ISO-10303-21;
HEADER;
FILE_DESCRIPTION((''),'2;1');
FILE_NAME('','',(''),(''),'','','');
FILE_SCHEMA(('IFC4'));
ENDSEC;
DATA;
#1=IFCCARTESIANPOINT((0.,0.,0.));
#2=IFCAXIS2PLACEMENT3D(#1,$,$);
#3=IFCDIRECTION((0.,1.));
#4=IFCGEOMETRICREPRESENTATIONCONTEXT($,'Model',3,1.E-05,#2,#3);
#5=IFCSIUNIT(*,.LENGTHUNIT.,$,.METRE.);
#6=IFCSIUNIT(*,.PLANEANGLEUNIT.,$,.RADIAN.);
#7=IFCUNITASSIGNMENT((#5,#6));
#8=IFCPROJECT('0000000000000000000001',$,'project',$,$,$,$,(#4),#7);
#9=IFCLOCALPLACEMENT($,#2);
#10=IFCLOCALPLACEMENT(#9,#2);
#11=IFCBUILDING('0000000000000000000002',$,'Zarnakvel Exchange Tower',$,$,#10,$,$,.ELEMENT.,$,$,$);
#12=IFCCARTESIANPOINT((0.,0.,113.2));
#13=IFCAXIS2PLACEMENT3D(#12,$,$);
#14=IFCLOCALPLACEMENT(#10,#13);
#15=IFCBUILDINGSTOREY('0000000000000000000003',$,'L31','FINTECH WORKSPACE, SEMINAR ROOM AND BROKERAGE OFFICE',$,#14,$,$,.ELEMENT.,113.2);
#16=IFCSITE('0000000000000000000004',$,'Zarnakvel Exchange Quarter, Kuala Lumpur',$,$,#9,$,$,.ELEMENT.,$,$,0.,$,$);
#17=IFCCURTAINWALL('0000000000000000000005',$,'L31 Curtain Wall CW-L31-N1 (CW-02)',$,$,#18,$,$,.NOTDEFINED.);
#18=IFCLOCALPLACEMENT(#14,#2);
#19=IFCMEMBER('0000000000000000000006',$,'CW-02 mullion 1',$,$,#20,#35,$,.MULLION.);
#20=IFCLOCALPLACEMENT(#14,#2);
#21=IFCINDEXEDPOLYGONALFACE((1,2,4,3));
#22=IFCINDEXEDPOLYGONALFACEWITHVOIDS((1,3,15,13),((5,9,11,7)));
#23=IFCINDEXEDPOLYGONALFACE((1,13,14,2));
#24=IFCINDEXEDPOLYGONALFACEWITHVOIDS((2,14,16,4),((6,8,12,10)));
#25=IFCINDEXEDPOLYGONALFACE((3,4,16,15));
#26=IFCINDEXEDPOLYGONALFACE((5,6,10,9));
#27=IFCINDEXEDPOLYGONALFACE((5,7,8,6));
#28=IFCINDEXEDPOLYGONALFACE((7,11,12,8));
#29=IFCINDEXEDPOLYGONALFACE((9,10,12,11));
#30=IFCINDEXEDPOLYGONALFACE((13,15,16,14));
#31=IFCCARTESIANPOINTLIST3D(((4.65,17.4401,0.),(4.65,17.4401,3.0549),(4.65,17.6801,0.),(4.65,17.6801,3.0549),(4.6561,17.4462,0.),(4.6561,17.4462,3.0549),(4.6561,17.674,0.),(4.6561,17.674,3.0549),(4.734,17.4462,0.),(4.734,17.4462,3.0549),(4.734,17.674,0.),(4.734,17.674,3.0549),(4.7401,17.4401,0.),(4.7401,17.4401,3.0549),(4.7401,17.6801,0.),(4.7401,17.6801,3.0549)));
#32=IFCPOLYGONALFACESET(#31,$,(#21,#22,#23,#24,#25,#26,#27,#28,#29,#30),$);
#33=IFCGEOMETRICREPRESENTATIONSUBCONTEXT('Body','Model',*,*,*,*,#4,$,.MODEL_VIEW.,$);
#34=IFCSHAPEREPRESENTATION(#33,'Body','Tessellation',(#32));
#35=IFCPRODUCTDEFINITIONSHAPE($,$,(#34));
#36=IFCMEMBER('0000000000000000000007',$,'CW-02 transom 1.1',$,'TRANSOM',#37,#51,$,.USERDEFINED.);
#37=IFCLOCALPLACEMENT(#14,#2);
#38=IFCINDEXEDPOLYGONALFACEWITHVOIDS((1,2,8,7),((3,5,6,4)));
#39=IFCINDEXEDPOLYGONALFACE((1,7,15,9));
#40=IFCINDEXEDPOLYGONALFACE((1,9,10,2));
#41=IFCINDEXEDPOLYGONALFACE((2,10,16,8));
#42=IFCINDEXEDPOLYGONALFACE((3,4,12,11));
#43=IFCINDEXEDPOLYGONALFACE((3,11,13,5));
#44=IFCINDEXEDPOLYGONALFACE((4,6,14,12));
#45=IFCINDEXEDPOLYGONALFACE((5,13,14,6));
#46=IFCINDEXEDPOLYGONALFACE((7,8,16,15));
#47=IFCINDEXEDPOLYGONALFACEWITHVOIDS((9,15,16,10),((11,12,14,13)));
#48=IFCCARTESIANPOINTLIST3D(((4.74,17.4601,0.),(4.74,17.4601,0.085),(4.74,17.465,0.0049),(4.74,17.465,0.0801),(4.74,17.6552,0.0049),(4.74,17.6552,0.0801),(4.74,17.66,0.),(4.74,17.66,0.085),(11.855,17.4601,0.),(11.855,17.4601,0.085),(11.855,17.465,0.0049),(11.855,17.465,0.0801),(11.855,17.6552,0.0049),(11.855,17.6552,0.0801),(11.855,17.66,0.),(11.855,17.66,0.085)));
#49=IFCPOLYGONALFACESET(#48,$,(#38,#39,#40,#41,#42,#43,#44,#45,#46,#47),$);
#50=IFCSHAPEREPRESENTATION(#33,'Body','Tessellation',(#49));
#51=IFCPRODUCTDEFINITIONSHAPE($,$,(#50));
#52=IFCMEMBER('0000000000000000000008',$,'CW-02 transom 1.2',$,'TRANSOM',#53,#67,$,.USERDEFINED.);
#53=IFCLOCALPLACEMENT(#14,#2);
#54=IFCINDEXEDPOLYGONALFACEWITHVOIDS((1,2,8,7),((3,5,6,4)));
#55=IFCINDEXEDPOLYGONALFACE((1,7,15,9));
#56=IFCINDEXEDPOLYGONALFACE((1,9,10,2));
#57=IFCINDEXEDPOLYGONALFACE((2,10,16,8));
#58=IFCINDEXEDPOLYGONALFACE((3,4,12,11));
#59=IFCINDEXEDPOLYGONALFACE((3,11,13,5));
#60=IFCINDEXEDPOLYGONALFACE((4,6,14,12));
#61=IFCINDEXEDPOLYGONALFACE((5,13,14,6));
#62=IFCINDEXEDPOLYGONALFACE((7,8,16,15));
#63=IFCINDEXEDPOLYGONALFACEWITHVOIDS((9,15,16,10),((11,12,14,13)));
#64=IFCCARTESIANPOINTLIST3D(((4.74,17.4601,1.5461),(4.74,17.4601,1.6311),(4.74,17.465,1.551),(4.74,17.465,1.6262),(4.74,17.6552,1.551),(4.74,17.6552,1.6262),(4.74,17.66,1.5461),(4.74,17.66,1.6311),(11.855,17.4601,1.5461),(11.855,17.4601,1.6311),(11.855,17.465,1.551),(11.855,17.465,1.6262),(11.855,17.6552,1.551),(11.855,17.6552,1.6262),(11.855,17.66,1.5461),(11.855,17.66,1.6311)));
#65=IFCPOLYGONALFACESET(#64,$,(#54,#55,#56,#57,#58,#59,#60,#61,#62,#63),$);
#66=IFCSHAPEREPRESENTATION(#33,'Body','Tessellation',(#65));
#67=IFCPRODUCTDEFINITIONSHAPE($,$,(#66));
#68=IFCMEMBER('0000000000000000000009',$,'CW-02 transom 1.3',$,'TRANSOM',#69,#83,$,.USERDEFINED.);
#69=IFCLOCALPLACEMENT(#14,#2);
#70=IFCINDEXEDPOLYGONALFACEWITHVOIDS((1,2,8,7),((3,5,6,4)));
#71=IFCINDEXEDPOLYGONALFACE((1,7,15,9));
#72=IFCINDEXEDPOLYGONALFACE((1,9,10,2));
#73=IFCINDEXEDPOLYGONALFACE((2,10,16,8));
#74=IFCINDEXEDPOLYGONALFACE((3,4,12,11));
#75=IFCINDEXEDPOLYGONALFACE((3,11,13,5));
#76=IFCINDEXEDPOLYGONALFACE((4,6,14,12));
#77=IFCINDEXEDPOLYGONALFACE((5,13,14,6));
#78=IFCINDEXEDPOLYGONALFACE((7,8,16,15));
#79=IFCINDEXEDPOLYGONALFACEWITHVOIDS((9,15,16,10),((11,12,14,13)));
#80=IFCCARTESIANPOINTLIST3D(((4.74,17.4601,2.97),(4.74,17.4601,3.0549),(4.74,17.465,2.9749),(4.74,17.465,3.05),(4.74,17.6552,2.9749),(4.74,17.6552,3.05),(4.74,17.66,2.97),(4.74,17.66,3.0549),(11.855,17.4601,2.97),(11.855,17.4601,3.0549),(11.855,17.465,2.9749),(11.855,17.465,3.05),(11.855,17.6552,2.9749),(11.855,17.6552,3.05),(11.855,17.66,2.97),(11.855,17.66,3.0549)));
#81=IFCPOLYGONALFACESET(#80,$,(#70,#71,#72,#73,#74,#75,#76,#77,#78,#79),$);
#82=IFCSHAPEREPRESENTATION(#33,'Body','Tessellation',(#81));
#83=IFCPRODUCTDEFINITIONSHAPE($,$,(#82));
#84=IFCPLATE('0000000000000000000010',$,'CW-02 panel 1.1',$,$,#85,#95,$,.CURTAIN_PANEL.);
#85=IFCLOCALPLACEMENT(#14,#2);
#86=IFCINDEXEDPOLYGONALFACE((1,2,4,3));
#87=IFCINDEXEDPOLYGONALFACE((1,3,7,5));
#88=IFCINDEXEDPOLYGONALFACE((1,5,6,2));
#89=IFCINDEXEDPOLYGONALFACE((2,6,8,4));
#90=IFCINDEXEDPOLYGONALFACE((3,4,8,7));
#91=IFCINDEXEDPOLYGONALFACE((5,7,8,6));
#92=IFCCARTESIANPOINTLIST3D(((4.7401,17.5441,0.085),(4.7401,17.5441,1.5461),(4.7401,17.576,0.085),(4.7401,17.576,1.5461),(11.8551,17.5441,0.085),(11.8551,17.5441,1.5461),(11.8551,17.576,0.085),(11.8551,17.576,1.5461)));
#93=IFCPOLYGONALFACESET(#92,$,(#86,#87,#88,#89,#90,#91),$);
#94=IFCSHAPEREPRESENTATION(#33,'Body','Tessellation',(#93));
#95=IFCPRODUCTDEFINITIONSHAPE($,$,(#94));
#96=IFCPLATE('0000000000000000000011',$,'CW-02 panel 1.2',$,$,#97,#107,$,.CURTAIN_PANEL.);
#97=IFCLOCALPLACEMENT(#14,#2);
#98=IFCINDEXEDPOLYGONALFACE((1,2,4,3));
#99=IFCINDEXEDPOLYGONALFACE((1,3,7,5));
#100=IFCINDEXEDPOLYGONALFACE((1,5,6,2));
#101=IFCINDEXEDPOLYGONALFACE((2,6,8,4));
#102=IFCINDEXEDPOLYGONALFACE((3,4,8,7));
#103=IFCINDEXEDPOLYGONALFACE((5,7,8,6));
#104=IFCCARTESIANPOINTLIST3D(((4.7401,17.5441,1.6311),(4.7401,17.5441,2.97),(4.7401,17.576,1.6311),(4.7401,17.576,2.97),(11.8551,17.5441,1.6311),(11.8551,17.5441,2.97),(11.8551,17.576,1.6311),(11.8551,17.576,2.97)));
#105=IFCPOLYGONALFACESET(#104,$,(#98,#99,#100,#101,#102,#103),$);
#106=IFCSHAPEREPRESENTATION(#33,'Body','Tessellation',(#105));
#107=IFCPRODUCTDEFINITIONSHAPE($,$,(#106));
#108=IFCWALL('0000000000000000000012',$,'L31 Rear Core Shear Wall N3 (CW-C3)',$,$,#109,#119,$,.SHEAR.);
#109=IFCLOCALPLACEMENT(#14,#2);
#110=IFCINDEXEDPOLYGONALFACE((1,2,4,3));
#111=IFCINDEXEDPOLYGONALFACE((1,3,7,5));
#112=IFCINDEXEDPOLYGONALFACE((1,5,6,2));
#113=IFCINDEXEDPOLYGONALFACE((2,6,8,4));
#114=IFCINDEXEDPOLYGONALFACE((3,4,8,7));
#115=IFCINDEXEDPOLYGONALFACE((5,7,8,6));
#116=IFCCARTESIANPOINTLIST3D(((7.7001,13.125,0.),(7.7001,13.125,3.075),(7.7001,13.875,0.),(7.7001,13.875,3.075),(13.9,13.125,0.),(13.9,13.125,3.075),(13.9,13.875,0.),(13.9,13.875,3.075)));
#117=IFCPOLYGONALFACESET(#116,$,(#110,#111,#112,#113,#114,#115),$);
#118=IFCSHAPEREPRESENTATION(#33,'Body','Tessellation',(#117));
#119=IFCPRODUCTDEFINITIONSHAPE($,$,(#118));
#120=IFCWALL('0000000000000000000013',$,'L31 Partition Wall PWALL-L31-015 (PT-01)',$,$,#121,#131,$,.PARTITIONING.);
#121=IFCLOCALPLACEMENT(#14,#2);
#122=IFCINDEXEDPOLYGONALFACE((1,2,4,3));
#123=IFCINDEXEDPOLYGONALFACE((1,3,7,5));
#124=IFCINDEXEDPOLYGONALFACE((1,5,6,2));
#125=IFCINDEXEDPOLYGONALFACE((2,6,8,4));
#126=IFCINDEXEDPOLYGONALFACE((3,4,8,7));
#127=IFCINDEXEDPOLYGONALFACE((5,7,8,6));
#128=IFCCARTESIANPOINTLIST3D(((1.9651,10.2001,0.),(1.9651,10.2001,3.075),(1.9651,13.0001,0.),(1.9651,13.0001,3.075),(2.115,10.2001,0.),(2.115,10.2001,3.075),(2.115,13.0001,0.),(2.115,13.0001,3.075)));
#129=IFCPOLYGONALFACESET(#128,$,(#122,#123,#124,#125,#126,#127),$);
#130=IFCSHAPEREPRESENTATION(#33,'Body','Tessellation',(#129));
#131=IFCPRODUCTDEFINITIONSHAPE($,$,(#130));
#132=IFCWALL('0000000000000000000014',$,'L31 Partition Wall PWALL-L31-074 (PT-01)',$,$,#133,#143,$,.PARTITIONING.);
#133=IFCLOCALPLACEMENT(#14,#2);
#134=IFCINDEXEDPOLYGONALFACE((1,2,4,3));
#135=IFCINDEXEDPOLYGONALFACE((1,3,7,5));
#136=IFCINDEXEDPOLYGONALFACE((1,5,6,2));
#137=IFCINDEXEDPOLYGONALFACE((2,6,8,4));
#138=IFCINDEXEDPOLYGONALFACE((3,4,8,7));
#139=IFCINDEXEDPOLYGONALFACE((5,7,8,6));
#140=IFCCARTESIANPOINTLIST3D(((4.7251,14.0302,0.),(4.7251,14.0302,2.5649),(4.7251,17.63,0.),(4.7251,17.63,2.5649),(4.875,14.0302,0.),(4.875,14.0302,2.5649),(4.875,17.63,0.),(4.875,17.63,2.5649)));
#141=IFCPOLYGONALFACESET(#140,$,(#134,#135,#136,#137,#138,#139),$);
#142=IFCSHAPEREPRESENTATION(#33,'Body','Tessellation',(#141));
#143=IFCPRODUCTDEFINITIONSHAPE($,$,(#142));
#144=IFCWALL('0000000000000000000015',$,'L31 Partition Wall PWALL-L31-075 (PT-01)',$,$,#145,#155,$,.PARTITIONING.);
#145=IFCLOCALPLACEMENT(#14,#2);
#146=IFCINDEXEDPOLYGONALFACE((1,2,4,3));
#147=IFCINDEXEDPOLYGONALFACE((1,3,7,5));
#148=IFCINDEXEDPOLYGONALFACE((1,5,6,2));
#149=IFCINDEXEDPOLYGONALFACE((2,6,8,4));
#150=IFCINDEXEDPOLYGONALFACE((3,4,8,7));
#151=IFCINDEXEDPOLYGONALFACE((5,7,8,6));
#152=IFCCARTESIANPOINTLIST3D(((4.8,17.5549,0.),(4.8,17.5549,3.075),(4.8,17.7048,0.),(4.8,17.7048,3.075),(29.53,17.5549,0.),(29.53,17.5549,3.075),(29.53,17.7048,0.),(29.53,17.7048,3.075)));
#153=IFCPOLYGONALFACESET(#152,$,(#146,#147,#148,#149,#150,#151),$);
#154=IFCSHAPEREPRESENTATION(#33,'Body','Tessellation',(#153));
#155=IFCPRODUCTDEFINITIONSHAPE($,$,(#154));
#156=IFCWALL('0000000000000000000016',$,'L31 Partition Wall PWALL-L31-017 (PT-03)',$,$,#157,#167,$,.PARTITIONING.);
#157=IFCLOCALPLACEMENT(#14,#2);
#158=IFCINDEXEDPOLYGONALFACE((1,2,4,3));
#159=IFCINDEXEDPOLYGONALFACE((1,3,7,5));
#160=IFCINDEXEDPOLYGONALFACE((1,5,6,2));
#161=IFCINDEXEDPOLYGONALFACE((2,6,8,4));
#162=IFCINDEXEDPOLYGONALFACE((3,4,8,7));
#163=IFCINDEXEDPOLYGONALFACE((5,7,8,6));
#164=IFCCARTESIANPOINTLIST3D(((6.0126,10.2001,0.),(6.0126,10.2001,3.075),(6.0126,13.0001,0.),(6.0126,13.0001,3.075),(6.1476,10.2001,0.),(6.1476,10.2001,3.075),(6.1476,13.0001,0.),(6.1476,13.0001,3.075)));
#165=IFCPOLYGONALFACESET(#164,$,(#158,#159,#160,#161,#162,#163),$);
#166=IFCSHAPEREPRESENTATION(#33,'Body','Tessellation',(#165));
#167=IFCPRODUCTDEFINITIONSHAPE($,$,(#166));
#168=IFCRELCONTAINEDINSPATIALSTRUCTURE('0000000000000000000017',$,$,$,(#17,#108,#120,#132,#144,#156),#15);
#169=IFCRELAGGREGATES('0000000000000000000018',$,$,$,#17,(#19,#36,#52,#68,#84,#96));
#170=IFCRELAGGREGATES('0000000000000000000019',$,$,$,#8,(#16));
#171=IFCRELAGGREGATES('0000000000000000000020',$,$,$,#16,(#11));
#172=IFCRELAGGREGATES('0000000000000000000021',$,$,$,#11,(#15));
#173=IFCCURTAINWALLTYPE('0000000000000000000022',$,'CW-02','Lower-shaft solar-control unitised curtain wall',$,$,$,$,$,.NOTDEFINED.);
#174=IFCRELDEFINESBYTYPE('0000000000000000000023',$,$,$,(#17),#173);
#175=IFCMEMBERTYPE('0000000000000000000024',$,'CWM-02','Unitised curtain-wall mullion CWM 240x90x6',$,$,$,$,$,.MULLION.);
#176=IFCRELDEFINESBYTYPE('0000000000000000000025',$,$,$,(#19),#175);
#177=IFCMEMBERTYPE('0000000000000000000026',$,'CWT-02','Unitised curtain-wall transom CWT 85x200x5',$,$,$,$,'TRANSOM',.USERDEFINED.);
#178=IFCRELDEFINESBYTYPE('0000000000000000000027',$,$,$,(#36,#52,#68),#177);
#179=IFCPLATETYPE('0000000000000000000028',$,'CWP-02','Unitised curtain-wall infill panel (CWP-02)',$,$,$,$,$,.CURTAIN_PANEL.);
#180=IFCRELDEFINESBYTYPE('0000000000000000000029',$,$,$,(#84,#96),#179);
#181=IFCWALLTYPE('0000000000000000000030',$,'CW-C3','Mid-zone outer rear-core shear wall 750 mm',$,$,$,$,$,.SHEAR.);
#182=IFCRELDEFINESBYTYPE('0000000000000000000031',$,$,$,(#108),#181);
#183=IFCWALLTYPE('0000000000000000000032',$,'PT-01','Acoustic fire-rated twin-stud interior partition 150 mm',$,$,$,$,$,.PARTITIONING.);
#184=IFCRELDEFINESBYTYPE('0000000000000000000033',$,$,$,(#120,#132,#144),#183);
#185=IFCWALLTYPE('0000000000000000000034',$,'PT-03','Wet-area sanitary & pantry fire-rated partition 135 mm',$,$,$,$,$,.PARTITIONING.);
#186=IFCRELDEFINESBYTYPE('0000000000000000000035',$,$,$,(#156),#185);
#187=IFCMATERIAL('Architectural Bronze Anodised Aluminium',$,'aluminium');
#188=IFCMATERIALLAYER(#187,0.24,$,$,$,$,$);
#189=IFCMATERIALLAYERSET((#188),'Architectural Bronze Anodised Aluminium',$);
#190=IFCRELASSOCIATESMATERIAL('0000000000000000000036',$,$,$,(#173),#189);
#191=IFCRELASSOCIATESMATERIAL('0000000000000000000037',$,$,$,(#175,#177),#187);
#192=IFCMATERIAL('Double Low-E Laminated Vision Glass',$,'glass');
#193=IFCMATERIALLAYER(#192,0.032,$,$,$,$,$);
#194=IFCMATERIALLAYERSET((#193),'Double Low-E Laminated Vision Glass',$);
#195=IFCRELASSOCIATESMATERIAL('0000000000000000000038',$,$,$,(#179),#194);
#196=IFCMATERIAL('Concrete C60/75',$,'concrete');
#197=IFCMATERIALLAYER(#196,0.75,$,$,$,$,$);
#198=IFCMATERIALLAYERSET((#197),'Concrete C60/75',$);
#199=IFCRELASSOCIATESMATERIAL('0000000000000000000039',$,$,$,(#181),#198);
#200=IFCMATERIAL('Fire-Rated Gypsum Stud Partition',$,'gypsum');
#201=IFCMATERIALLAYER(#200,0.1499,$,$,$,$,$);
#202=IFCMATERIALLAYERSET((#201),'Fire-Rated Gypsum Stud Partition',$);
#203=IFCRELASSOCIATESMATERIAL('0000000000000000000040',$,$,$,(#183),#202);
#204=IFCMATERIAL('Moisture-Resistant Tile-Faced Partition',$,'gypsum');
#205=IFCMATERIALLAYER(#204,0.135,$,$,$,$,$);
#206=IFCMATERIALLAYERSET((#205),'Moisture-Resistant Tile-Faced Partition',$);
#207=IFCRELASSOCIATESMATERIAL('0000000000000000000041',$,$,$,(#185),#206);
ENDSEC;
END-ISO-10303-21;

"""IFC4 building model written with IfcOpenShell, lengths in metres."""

from ifc_helpers import new_model, si_unit, direction, frame, frame_2d, origin, origin_2d, place, context, subcontext, project, spatial, rectangle, hollow_rectangle, extrude, source, transform, mapped, material, layer, layer_set, material_profile, profile_set, type_object, element, aggregate, save


model = new_model("IFC4")

# Units and contexts
model_context = context("Model", 3, precision=1e-05, world=origin(), true_north=direction((0.0, 1.0)))
body_context = subcontext(model_context, "Body", "Model", "MODEL_VIEW")
ifc_project = project(units=[si_unit("LENGTHUNIT", "METRE"), si_unit("PLANEANGLEUNIT", "RADIAN")], contexts=[model_context])

# Site, building, storey
site_placement = place(None, origin())
site = spatial("IfcSite", under=ifc_project, at=site_placement, Name="Zarnakvel Exchange Quarter, Kuala Lumpur", CompositionType="ELEMENT", RefElevation=0.0)
building_placement = place(site_placement, origin())
building = spatial("IfcBuilding", under=site, at=building_placement, Name="Zarnakvel Exchange Tower", CompositionType="ELEMENT")
storey_placement = place(building_placement, frame((0.0, 0.0, 113.2)))
storey = spatial("IfcBuildingStorey", under=building, at=storey_placement, Name="L31", Description="FINTECH WORKSPACE, SEMINAR ROOM AND BROKERAGE OFFICE", CompositionType="ELEMENT", Elevation=113.2)

# Shared definitions
ifc_material_1 = material(Name="Concrete C60/75", Category="concrete")

# Curtain wall, members, plates
ifc_material_2 = material(Name="Architectural Bronze Anodised Aluminium", Category="aluminium")
ifc_layer_1 = layer(ifc_material_2, 0.24)
ifc_layer_set_1 = layer_set([ifc_layer_1], Name="Architectural Bronze Anodised Aluminium")
curtain_wall_type = type_object("IfcCurtainWallType", Name="CW-02", Description="Lower-shaft solar-control unitised curtain wall", PredefinedType="NOTDEFINED", material=ifc_layer_set_1)
curtain_wall_placement = place(storey_placement, origin())
curtain_wall = element("IfcCurtainWall", 1, at=curtain_wall_placement, inside=storey, type_object=curtain_wall_type, Name="L31 Curtain Wall CW-L31-N1 (CW-02)", PredefinedType="NOTDEFINED")
ifc_material_profile_1 = material_profile(ifc_material_2, hollow_rectangle(XDim=0.24, YDim=0.0901, WallThickness=0.0061, at=origin_2d()))
ifc_profile_set_1 = profile_set([ifc_material_profile_1], Name="Architectural Bronze Anodised Aluminium")
member_type_1 = type_object("IfcMemberType", Name="CWM-02", Description="Unitised curtain-wall mullion CWM 240x90x6", PredefinedType="MULLION", material=ifc_profile_set_1)
shared_shape_1 = source(origin(), body_context, "Body", "SweptSolid", [
    extrude(hollow_rectangle(XDim=0.24, YDim=0.0901, WallThickness=0.0061, at=origin_2d()), origin(), (0.0, 0.0, 1.0), 3.0549),
])
member_1_placement = place(storey_placement, frame((4.6951, 17.5601, 0.0), z_axis=(0.0, 0.0, 1.0), x_axis=(0.0, 1.0, 0.0)))
member_1 = element("IfcMember", 2, at=member_1_placement, type_object=member_type_1, Name="CW-02 mullion 1", PredefinedType="MULLION", context=body_context, shape_type="MappedRepresentation", body=[
    mapped(shared_shape_1, transform((0.0, 0.0, 0.0), x_axis=(1.0, 0.0, 0.0), y_axis=(0.0, 1.0, 0.0), z_axis=(0.0, 0.0, 1.0), scale=1.0)),
])
ifc_material_profile_2 = material_profile(ifc_material_2, hollow_rectangle(XDim=0.2, YDim=0.085, WallThickness=0.0049, at=origin_2d()))
ifc_profile_set_2 = profile_set([ifc_material_profile_2], Name="Architectural Bronze Anodised Aluminium")
member_type_2 = type_object("IfcMemberType", Name="CWT-02", Description="Unitised curtain-wall transom CWT 85x200x5", ElementType="TRANSOM", PredefinedType="USERDEFINED", material=ifc_profile_set_2)
shared_shape_2 = source(origin(), body_context, "Body", "SweptSolid", [
    extrude(hollow_rectangle(XDim=0.2, YDim=0.085, WallThickness=0.0049, at=origin_2d()), origin(), (0.0, 0.0, 1.0), 7.115),
])
member_2_placement = place(storey_placement, frame((4.74, 17.5601, 0.0425), z_axis=(1.0, 0.0, 0.0), x_axis=(0.0, 1.0, 0.0)))
member_2 = element("IfcMember", 3, at=member_2_placement, type_object=member_type_2, Name="CW-02 transom 1.1", ObjectType="TRANSOM", PredefinedType="USERDEFINED", context=body_context, shape_type="MappedRepresentation", body=[
    mapped(shared_shape_2, transform((0.0, 0.0, 0.0), x_axis=(1.0, 0.0, 0.0), y_axis=(0.0, 1.0, 0.0), z_axis=(0.0, 0.0, 1.0), scale=1.0)),
])
member_3_placement = place(storey_placement, frame((4.74, 17.5601, 1.5886), z_axis=(1.0, 0.0, 0.0), x_axis=(0.0, 1.0, 0.0)))
member_3 = element("IfcMember", 4, at=member_3_placement, type_object=member_type_2, Name="CW-02 transom 1.2", ObjectType="TRANSOM", PredefinedType="USERDEFINED", context=body_context, shape_type="MappedRepresentation", body=[
    mapped(shared_shape_2, transform((0.0, 0.0, 0.0), x_axis=(1.0, 0.0, 0.0), y_axis=(0.0, 1.0, 0.0), z_axis=(0.0, 0.0, 1.0), scale=1.0)),
])
member_4_placement = place(storey_placement, frame((4.74, 17.5601, 3.0125), z_axis=(1.0, 0.0, 0.0), x_axis=(0.0, 1.0, 0.0)))
member_4 = element("IfcMember", 5, at=member_4_placement, type_object=member_type_2, Name="CW-02 transom 1.3", ObjectType="TRANSOM", PredefinedType="USERDEFINED", context=body_context, shape_type="MappedRepresentation", body=[
    mapped(shared_shape_2, transform((0.0, 0.0, 0.0), x_axis=(1.0, 0.0, 0.0), y_axis=(0.0, 1.0, 0.0), z_axis=(0.0, 0.0, 1.0), scale=1.0)),
])
ifc_material_3 = material(Name="Double Low-E Laminated Vision Glass", Category="glass")
ifc_layer_2 = layer(ifc_material_3, 0.032)
ifc_layer_set_2 = layer_set([ifc_layer_2], Name="Double Low-E Laminated Vision Glass")
plate_type = type_object("IfcPlateType", Name="CWP-02", Description="Unitised curtain-wall infill panel (CWP-02)", PredefinedType="CURTAIN_PANEL", material=ifc_layer_set_2)
shared_shape_3 = source(origin(), body_context, "Body", "SweptSolid", [
    extrude(rectangle(XDim=7.115, YDim=0.032, at=origin_2d()), origin(), (0.0, 0.0, 1.0), 1.4612),
])
plate_1_placement = place(storey_placement, frame((8.2976, 17.5601, 0.085), z_axis=(0.0, 0.0, 1.0), x_axis=(1.0, 0.0, 0.0)))
plate_1 = element("IfcPlate", 6, at=plate_1_placement, type_object=plate_type, Name="CW-02 panel 1.1", PredefinedType="CURTAIN_PANEL", context=body_context, shape_type="MappedRepresentation", body=[
    mapped(shared_shape_3, transform((0.0, 0.0, 0.0), x_axis=(1.0, 0.0, 0.0), y_axis=(0.0, 1.0, 0.0), z_axis=(0.0, 0.0, 1.0), scale=1.0)),
])
shared_shape_4 = source(origin(), body_context, "Body", "SweptSolid", [
    extrude(rectangle(XDim=7.115, YDim=0.032, at=origin_2d()), origin(), (0.0, 0.0, 1.0), 1.3389),
])
plate_2_placement = place(storey_placement, frame((8.2976, 17.5601, 1.6311), z_axis=(0.0, 0.0, 1.0), x_axis=(1.0, 0.0, 0.0)))
plate_2 = element("IfcPlate", 7, at=plate_2_placement, type_object=plate_type, Name="CW-02 panel 1.2", PredefinedType="CURTAIN_PANEL", context=body_context, shape_type="MappedRepresentation", body=[
    mapped(shared_shape_4, transform((0.0, 0.0, 0.0), x_axis=(1.0, 0.0, 0.0), y_axis=(0.0, 1.0, 0.0), z_axis=(0.0, 0.0, 1.0), scale=1.0)),
])
aggregate(curtain_wall, [member_1, member_2, member_3, member_4, plate_1, plate_2])

# Walls
ifc_layer_3 = layer(ifc_material_1, 0.75)
ifc_layer_set_3 = layer_set([ifc_layer_3], Name="Concrete C60/75")
wall_type_1 = type_object("IfcWallType", Name="CW-C3", Description="Mid-zone outer rear-core shear wall 750 mm", PredefinedType="SHEAR", material=ifc_layer_set_3)
wall_1_placement = place(storey_placement, frame((7.7, 13.5, 0.0), z_axis=(0.0, 0.0, 1.0), x_axis=(1.0, 0.0, 0.0)))
element("IfcWall", 8, at=wall_1_placement, inside=storey, type_object=wall_type_1, Name="L31 Rear Core Shear Wall N3 (CW-C3)", PredefinedType="SHEAR", context=body_context, shape_type="SweptSolid", body=[
    extrude(rectangle(XDim=6.2, YDim=0.75, at=frame_2d((3.1001, 0.0))), origin(), (0.0, 0.0, 1.0), 3.075),
])
ifc_material_4 = material(Name="Fire-Rated Gypsum Stud Partition", Category="gypsum")
ifc_layer_4 = layer(ifc_material_4, 0.1499)
ifc_layer_set_4 = layer_set([ifc_layer_4], Name="Fire-Rated Gypsum Stud Partition")
wall_type_2 = type_object("IfcWallType", Name="PT-01", Description="Acoustic fire-rated twin-stud interior partition 150 mm", PredefinedType="PARTITIONING", material=ifc_layer_set_4)
wall_2_placement = place(storey_placement, frame((2.04, 13.0, 0.0), z_axis=(0.0, 0.0, 1.0), x_axis=(0.0, -1.0, 0.0)))
element("IfcWall", 9, at=wall_2_placement, inside=storey, type_object=wall_type_2, Name="L31 Partition Wall PWALL-L31-015 (PT-01)", PredefinedType="PARTITIONING", context=body_context, shape_type="SweptSolid", body=[
    extrude(rectangle(XDim=2.8, YDim=0.1499, at=frame_2d((1.3999, 0.0))), origin(), (0.0, 0.0, 1.0), 3.075),
])
wall_3_placement = place(storey_placement, frame((4.8, 17.6299, 0.0), z_axis=(0.0, 0.0, 1.0), x_axis=(0.0, -1.0, 0.0)))
element("IfcWall", 10, at=wall_3_placement, inside=storey, type_object=wall_type_2, Name="L31 Partition Wall PWALL-L31-074 (PT-01)", PredefinedType="PARTITIONING", context=body_context, shape_type="SweptSolid", body=[
    extrude(rectangle(XDim=3.5999, YDim=0.1499, at=frame_2d((1.7998, 0.0))), origin(), (0.0, 0.0, 1.0), 2.5649),
])
wall_4_placement = place(storey_placement, frame((4.8, 17.6299, 0.0), z_axis=(0.0, 0.0, 1.0), x_axis=(1.0, 0.0, 0.0)))
element("IfcWall", 11, at=wall_4_placement, inside=storey, type_object=wall_type_2, Name="L31 Partition Wall PWALL-L31-075 (PT-01)", PredefinedType="PARTITIONING", context=body_context, shape_type="SweptSolid", body=[
    extrude(rectangle(XDim=24.73, YDim=0.1499, at=frame_2d((12.365, 0.0))), origin(), (0.0, 0.0, 1.0), 3.075),
])
ifc_material_5 = material(Name="Moisture-Resistant Tile-Faced Partition", Category="gypsum")
ifc_layer_5 = layer(ifc_material_5, 0.135)
ifc_layer_set_5 = layer_set([ifc_layer_5], Name="Moisture-Resistant Tile-Faced Partition")
wall_type_3 = type_object("IfcWallType", Name="PT-03", Description="Wet-area sanitary & pantry fire-rated partition 135 mm", PredefinedType="PARTITIONING", material=ifc_layer_set_5)
wall_5_placement = place(storey_placement, frame((6.0801, 13.0, 0.0), z_axis=(0.0, 0.0, 1.0), x_axis=(0.0, -1.0, 0.0)))
element("IfcWall", 12, at=wall_5_placement, inside=storey, type_object=wall_type_3, Name="L31 Partition Wall PWALL-L31-017 (PT-03)", PredefinedType="PARTITIONING", context=body_context, shape_type="SweptSolid", body=[
    extrude(rectangle(XDim=2.8, YDim=0.135, at=frame_2d((1.3999, 0.0))), origin(), (0.0, 0.0, 1.0), 3.075),
])

save(model, "model.ifc")
